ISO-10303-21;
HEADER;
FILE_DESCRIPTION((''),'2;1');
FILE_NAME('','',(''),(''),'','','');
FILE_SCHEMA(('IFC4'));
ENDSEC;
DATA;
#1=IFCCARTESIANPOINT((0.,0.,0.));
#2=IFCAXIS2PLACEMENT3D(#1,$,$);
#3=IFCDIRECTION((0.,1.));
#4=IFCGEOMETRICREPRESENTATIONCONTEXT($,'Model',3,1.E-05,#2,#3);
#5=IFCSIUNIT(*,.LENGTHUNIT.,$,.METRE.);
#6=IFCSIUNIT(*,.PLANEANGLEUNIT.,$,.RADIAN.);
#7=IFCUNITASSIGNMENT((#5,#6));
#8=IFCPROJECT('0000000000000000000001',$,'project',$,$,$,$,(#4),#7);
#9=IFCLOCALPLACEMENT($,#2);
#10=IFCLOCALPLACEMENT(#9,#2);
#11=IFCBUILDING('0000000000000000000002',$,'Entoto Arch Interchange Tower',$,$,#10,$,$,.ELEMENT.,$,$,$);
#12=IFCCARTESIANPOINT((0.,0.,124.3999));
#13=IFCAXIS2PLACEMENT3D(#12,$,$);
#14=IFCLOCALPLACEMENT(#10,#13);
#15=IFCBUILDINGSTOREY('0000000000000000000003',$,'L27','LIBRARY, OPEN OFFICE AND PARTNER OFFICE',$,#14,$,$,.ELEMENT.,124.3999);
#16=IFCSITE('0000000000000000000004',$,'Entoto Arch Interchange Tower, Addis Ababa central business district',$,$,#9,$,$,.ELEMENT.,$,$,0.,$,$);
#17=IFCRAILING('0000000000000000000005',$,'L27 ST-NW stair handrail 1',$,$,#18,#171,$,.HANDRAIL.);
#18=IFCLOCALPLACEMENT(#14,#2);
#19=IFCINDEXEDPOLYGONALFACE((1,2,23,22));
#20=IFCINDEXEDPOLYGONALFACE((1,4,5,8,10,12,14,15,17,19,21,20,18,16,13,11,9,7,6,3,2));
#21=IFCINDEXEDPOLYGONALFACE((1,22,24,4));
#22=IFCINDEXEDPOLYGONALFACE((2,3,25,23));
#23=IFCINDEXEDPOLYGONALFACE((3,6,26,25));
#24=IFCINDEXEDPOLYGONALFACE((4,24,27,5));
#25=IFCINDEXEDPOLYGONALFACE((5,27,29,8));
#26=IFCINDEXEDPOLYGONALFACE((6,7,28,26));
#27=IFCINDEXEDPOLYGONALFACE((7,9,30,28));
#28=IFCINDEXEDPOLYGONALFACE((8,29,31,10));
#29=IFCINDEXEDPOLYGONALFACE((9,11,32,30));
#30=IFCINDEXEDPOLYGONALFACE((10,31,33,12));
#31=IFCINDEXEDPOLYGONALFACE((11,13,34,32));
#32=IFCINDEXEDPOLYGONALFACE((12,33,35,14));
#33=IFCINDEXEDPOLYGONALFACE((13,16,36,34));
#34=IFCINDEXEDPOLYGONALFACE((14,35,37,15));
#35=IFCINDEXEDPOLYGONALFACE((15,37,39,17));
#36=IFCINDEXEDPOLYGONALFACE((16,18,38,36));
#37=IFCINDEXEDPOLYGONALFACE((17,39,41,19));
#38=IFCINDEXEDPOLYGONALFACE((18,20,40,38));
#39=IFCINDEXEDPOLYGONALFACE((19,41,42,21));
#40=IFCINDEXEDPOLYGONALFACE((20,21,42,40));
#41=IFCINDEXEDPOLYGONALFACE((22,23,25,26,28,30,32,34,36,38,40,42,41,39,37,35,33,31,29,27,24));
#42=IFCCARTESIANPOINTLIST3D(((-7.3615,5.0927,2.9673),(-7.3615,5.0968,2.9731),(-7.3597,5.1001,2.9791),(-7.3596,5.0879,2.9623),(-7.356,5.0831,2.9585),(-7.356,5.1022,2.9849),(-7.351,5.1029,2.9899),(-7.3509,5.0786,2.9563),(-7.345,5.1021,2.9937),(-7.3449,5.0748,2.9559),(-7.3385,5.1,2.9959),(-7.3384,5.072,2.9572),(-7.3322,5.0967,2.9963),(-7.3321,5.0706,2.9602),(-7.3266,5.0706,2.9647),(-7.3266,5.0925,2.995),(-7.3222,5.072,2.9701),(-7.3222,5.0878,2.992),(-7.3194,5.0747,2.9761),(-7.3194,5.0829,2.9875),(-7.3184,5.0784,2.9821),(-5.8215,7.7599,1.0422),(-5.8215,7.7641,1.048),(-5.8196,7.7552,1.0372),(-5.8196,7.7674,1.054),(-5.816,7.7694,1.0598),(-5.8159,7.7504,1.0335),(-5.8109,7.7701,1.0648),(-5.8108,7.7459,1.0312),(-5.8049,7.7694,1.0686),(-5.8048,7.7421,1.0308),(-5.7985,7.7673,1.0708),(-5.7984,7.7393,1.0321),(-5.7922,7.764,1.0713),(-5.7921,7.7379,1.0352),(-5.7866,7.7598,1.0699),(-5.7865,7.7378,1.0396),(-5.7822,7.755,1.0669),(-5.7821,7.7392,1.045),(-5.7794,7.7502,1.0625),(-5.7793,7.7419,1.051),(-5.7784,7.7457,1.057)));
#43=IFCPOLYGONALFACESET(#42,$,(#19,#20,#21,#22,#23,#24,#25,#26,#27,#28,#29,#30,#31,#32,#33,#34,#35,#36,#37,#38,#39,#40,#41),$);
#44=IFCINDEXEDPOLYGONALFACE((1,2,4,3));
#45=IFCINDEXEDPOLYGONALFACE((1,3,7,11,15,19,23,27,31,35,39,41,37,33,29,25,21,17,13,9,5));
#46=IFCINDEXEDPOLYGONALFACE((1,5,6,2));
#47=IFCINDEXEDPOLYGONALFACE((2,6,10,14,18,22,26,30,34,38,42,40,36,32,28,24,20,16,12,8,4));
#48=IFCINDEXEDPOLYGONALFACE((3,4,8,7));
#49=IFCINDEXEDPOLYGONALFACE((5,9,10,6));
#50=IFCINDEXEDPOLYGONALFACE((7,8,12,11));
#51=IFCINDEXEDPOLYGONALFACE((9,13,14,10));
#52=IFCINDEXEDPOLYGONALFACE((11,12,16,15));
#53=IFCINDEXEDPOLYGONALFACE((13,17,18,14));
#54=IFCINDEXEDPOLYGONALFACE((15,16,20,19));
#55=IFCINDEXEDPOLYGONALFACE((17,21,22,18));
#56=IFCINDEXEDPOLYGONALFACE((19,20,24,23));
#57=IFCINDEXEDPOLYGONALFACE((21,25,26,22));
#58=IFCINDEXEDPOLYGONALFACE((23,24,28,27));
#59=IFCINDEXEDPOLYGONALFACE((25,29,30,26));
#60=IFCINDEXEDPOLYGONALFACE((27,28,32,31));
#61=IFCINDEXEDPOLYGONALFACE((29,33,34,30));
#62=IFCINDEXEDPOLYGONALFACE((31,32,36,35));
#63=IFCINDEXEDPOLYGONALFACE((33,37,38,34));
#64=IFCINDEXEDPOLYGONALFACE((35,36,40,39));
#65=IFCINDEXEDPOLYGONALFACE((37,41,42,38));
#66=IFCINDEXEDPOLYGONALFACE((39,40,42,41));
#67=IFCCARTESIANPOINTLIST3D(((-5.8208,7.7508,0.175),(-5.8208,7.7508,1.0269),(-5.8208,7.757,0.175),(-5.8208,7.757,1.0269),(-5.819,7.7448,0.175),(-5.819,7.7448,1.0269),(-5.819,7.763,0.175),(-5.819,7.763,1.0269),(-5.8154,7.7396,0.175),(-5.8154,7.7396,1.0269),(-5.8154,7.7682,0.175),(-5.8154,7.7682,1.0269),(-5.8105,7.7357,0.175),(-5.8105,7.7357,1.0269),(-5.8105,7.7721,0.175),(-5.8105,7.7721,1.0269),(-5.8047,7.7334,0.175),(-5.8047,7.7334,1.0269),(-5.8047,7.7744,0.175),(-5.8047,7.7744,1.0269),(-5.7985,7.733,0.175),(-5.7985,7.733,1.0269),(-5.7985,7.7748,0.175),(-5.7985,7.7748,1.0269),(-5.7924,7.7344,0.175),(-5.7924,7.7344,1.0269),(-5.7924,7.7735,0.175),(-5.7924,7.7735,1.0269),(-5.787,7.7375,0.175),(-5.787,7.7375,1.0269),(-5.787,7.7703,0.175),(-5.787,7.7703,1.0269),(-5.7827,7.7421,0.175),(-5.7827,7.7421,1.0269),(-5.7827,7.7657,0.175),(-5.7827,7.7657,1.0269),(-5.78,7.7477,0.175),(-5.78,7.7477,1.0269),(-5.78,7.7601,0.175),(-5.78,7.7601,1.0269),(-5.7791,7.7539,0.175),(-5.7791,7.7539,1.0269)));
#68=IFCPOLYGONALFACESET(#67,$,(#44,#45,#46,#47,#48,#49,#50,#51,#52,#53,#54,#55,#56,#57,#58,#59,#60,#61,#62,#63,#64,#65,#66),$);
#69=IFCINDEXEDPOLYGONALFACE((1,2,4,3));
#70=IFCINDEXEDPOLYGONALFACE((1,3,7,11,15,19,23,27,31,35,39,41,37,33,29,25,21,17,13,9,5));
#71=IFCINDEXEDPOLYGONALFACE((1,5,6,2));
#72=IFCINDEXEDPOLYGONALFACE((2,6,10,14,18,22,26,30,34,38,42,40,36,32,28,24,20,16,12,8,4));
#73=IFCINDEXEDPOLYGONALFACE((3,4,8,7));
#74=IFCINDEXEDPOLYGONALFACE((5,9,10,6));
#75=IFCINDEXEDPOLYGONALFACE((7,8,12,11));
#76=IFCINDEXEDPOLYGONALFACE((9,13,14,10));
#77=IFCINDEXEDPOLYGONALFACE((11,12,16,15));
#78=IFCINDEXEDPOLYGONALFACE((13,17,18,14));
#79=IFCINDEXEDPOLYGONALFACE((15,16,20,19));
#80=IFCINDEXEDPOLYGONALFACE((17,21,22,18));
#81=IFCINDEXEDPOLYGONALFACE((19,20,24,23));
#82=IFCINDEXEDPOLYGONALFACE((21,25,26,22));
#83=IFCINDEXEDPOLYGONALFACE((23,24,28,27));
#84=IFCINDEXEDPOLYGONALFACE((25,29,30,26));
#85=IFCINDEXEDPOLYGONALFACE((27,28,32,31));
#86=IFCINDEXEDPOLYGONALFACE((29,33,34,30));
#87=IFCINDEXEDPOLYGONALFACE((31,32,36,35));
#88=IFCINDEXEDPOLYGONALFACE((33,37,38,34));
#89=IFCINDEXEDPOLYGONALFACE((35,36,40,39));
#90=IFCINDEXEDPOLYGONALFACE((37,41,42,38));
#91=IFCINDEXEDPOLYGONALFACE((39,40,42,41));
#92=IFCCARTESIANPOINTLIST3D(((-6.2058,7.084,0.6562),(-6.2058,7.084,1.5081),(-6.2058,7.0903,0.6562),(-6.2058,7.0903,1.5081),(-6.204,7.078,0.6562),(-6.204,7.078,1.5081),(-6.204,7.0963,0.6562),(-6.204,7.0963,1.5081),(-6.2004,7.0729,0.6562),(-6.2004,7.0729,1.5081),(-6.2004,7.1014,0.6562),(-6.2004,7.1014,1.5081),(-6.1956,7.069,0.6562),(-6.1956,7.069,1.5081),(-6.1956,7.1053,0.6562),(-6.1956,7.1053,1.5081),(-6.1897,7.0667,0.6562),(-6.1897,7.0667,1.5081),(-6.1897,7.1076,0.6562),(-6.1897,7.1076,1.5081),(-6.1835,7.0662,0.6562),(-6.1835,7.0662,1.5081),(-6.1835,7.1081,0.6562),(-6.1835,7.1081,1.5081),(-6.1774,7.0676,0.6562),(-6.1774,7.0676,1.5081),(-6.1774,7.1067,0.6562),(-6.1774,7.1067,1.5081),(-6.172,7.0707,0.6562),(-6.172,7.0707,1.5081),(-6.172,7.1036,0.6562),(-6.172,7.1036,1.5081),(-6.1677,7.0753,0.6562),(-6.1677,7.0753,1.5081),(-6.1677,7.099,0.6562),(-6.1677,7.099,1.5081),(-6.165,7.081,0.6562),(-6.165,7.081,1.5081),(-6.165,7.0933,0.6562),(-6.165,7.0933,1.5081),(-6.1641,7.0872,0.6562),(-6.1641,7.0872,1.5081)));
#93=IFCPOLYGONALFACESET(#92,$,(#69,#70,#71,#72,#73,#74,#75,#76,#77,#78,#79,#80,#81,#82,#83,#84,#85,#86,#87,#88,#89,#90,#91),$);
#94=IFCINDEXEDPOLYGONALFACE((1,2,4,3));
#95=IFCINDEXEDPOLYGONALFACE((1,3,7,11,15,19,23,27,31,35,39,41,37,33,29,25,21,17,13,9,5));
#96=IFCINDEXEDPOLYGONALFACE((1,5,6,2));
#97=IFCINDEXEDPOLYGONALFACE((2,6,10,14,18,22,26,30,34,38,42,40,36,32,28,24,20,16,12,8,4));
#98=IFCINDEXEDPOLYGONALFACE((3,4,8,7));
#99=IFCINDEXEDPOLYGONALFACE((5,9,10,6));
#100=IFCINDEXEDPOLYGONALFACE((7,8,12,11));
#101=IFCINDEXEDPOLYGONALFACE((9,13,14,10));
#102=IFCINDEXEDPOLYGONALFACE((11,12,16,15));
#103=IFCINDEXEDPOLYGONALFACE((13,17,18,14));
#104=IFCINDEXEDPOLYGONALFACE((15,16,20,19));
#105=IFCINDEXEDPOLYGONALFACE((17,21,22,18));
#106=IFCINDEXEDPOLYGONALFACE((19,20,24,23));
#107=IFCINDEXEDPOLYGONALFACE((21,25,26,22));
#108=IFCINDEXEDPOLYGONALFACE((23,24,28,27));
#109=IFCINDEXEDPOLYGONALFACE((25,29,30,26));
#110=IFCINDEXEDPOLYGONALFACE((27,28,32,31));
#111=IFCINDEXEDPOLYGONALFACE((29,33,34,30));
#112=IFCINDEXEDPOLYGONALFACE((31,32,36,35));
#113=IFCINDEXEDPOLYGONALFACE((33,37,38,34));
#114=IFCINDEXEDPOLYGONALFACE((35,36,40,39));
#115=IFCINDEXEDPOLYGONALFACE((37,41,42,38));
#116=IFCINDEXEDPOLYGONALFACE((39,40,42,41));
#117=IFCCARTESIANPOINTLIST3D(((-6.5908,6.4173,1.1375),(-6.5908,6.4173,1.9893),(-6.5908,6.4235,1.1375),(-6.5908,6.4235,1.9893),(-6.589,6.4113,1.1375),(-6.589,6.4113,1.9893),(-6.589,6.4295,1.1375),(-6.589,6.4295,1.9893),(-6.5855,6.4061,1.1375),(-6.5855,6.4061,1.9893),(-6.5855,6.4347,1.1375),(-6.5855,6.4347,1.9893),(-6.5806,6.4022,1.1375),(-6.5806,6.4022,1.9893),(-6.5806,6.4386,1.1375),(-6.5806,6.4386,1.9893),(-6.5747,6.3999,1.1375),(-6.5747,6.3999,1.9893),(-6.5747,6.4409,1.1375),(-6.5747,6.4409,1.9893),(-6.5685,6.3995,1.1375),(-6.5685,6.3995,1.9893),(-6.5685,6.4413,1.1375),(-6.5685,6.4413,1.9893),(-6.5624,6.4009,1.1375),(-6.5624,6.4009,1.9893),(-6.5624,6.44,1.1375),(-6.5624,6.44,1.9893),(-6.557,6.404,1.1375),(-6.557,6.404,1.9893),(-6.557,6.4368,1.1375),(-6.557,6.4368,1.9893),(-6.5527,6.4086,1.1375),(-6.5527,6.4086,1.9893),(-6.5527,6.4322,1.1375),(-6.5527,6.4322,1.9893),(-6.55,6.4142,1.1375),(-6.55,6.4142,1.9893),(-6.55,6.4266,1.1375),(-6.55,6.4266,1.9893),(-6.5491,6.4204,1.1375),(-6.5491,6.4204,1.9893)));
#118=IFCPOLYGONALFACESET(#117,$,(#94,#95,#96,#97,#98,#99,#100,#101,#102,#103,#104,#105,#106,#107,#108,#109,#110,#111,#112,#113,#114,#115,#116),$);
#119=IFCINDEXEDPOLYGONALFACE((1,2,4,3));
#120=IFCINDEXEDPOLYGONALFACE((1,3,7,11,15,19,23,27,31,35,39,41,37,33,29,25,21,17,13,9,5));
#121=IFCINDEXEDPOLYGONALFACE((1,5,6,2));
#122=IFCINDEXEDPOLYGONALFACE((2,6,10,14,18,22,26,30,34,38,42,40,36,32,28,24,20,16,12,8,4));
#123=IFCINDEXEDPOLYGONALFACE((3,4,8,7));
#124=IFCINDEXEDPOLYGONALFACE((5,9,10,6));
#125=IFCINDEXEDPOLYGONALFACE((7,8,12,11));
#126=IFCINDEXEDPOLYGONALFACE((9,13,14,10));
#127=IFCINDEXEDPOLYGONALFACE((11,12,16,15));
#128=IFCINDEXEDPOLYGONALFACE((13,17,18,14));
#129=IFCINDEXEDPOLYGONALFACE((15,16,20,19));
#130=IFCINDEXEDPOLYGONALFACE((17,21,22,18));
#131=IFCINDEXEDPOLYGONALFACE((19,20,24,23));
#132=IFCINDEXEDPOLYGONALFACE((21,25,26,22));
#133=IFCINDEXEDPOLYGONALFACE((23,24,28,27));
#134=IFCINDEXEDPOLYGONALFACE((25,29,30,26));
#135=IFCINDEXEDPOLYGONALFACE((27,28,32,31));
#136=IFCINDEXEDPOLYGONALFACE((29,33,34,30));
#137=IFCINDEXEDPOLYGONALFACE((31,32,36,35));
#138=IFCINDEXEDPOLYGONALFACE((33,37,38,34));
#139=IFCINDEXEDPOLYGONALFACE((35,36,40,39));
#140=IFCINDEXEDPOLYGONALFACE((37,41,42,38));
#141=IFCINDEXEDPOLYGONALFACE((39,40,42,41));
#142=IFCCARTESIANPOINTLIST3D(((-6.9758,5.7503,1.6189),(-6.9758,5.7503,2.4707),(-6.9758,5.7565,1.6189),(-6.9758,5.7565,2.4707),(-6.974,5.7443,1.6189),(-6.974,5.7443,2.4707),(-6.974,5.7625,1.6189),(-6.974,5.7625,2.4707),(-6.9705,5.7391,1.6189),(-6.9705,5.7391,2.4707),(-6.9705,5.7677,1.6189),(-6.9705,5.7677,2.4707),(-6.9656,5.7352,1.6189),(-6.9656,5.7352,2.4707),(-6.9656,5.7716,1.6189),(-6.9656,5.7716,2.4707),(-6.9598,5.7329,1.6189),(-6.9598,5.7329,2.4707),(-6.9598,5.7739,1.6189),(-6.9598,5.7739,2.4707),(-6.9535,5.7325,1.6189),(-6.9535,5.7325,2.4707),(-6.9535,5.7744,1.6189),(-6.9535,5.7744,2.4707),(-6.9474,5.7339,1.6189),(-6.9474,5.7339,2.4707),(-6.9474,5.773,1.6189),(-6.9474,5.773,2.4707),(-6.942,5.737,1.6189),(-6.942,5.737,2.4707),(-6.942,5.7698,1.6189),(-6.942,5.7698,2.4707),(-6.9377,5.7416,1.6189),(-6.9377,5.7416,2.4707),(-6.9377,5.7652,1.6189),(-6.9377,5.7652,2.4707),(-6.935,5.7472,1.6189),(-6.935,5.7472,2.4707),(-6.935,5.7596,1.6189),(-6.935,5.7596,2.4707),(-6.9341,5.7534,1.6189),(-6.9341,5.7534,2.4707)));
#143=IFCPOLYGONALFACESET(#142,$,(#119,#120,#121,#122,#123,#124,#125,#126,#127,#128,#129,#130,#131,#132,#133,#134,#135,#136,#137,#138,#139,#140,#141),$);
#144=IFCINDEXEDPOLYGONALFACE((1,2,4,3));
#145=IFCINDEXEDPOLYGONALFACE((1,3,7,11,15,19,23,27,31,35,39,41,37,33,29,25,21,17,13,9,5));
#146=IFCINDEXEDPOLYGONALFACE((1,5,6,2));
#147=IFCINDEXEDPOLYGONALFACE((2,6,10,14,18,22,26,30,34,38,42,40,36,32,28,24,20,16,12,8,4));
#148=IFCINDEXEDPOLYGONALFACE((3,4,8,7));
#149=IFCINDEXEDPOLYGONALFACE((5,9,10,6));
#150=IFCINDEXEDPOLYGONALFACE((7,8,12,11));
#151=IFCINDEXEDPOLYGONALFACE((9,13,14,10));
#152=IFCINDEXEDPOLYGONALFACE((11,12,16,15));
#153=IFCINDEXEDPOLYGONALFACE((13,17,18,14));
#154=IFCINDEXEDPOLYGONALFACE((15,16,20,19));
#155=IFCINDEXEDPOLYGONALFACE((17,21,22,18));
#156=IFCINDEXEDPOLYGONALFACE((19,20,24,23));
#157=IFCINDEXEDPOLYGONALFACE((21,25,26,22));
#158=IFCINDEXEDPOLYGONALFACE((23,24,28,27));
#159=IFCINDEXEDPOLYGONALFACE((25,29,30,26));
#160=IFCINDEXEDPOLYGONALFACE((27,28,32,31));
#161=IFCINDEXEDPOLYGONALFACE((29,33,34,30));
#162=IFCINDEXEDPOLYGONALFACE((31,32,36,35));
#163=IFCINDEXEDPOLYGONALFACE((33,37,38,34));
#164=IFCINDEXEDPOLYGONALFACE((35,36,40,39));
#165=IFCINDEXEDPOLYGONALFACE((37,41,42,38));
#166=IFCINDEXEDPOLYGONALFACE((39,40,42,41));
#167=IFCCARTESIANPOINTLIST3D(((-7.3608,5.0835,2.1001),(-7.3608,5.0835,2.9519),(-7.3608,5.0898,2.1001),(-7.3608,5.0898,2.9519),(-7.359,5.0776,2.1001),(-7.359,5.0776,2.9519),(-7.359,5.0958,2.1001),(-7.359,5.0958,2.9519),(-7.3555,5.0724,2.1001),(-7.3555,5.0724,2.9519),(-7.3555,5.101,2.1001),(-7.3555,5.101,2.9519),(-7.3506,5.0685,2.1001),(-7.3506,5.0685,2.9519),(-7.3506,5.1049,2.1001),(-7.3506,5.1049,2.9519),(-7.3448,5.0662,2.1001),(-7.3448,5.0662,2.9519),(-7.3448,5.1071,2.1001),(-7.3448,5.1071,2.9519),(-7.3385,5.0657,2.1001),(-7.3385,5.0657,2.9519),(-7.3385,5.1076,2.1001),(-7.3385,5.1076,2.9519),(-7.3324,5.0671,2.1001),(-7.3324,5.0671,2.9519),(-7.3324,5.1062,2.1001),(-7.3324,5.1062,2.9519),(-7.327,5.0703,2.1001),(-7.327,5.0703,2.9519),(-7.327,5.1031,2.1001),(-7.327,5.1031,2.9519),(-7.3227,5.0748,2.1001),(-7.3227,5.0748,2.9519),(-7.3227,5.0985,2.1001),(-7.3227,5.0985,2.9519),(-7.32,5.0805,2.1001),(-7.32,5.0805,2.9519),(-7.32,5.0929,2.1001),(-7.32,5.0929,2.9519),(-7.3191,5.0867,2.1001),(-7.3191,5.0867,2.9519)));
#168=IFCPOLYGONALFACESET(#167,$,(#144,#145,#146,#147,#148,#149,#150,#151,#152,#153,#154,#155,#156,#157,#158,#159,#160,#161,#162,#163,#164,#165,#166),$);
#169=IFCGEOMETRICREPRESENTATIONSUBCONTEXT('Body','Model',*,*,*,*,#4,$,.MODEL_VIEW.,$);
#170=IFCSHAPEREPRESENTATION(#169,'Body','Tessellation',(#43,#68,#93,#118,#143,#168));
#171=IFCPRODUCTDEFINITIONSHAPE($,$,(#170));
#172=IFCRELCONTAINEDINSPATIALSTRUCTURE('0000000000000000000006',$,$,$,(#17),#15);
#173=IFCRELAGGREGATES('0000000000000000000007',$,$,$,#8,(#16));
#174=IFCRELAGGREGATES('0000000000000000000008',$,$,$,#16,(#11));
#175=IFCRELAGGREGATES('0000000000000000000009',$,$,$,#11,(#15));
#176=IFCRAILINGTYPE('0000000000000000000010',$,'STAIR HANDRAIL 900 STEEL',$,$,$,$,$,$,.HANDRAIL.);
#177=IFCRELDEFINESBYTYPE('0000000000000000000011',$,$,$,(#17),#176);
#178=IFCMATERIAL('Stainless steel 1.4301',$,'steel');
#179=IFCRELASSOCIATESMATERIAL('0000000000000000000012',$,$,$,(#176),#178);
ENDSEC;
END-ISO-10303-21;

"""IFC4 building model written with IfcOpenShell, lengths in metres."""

from ifc_helpers import new_model, si_unit, direction, frame, origin, origin_2d, place, context, subcontext, project, spatial, circle, extrude, material, type_object, element, save


model = new_model("IFC4")

# Units and contexts
model_context = context("Model", 3, precision=1e-05, world=origin(), true_north=direction((0.0, 1.0)))
body_context = subcontext(model_context, "Body", "Model", "MODEL_VIEW")
ifc_project = project(units=[si_unit("LENGTHUNIT", "METRE"), si_unit("PLANEANGLEUNIT", "RADIAN")], contexts=[model_context])

# Site, building, storey
site_placement = place(None, origin())
site = spatial("IfcSite", under=ifc_project, at=site_placement, Name="Entoto Arch Interchange Tower, Addis Ababa central business district", CompositionType="ELEMENT", RefElevation=0.0)
building_placement = place(site_placement, origin())
building = spatial("IfcBuilding", under=site, at=building_placement, Name="Entoto Arch Interchange Tower", CompositionType="ELEMENT")
storey_placement = place(building_placement, frame((0.0, 0.0, 124.3999)))
storey = spatial("IfcBuildingStorey", under=building, at=storey_placement, Name="L27", Description="LIBRARY, OPEN OFFICE AND PARTNER OFFICE", CompositionType="ELEMENT", Elevation=124.3999)

# Railing
ifc_material_1 = material(Name="Stainless steel 1.4301", Category="steel")
railing_type = type_object("IfcRailingType", Name="STAIR HANDRAIL 900 STEEL", PredefinedType="HANDRAIL", material=ifc_material_1)
railing_placement = place(storey_placement, frame((-5.8, 7.7539, 0.175)))
element("IfcRailing", 1, at=railing_placement, inside=storey, type_object=railing_type, Name="L27 ST-NW stair handrail 1", PredefinedType="HANDRAIL", context=body_context, shape_type="SweptSolid", body=[
    extrude(circle(Radius=0.0239, at=origin_2d()), frame((0.0, 0.0, 0.876), z_axis=(-0.424015, -0.734364, 0.530019), x_axis=(0.86601, -0.500027, 0.0)), (0.0, 0.0, 1.0), 3.6321),
    extrude(circle(Radius=0.021, at=origin_2d()), origin(), (0.0, 0.0, 1.0), 0.8518),
    extrude(circle(Radius=0.021, at=origin_2d()), frame((-0.385, -0.6667, 0.4812)), (0.0, 0.0, 1.0), 0.8518),
    extrude(circle(Radius=0.021, at=origin_2d()), frame((-0.77, -1.3335, 0.9624)), (0.0, 0.0, 1.0), 0.8518),
    extrude(circle(Radius=0.021, at=origin_2d()), frame((-1.155, -2.0005, 1.4438)), (0.0, 0.0, 1.0), 0.8518),
    extrude(circle(Radius=0.021, at=origin_2d()), frame((-1.54, -2.6672, 1.925)), (0.0, 0.0, 1.0), 0.8518),
])

save(model, "model.ifc")
